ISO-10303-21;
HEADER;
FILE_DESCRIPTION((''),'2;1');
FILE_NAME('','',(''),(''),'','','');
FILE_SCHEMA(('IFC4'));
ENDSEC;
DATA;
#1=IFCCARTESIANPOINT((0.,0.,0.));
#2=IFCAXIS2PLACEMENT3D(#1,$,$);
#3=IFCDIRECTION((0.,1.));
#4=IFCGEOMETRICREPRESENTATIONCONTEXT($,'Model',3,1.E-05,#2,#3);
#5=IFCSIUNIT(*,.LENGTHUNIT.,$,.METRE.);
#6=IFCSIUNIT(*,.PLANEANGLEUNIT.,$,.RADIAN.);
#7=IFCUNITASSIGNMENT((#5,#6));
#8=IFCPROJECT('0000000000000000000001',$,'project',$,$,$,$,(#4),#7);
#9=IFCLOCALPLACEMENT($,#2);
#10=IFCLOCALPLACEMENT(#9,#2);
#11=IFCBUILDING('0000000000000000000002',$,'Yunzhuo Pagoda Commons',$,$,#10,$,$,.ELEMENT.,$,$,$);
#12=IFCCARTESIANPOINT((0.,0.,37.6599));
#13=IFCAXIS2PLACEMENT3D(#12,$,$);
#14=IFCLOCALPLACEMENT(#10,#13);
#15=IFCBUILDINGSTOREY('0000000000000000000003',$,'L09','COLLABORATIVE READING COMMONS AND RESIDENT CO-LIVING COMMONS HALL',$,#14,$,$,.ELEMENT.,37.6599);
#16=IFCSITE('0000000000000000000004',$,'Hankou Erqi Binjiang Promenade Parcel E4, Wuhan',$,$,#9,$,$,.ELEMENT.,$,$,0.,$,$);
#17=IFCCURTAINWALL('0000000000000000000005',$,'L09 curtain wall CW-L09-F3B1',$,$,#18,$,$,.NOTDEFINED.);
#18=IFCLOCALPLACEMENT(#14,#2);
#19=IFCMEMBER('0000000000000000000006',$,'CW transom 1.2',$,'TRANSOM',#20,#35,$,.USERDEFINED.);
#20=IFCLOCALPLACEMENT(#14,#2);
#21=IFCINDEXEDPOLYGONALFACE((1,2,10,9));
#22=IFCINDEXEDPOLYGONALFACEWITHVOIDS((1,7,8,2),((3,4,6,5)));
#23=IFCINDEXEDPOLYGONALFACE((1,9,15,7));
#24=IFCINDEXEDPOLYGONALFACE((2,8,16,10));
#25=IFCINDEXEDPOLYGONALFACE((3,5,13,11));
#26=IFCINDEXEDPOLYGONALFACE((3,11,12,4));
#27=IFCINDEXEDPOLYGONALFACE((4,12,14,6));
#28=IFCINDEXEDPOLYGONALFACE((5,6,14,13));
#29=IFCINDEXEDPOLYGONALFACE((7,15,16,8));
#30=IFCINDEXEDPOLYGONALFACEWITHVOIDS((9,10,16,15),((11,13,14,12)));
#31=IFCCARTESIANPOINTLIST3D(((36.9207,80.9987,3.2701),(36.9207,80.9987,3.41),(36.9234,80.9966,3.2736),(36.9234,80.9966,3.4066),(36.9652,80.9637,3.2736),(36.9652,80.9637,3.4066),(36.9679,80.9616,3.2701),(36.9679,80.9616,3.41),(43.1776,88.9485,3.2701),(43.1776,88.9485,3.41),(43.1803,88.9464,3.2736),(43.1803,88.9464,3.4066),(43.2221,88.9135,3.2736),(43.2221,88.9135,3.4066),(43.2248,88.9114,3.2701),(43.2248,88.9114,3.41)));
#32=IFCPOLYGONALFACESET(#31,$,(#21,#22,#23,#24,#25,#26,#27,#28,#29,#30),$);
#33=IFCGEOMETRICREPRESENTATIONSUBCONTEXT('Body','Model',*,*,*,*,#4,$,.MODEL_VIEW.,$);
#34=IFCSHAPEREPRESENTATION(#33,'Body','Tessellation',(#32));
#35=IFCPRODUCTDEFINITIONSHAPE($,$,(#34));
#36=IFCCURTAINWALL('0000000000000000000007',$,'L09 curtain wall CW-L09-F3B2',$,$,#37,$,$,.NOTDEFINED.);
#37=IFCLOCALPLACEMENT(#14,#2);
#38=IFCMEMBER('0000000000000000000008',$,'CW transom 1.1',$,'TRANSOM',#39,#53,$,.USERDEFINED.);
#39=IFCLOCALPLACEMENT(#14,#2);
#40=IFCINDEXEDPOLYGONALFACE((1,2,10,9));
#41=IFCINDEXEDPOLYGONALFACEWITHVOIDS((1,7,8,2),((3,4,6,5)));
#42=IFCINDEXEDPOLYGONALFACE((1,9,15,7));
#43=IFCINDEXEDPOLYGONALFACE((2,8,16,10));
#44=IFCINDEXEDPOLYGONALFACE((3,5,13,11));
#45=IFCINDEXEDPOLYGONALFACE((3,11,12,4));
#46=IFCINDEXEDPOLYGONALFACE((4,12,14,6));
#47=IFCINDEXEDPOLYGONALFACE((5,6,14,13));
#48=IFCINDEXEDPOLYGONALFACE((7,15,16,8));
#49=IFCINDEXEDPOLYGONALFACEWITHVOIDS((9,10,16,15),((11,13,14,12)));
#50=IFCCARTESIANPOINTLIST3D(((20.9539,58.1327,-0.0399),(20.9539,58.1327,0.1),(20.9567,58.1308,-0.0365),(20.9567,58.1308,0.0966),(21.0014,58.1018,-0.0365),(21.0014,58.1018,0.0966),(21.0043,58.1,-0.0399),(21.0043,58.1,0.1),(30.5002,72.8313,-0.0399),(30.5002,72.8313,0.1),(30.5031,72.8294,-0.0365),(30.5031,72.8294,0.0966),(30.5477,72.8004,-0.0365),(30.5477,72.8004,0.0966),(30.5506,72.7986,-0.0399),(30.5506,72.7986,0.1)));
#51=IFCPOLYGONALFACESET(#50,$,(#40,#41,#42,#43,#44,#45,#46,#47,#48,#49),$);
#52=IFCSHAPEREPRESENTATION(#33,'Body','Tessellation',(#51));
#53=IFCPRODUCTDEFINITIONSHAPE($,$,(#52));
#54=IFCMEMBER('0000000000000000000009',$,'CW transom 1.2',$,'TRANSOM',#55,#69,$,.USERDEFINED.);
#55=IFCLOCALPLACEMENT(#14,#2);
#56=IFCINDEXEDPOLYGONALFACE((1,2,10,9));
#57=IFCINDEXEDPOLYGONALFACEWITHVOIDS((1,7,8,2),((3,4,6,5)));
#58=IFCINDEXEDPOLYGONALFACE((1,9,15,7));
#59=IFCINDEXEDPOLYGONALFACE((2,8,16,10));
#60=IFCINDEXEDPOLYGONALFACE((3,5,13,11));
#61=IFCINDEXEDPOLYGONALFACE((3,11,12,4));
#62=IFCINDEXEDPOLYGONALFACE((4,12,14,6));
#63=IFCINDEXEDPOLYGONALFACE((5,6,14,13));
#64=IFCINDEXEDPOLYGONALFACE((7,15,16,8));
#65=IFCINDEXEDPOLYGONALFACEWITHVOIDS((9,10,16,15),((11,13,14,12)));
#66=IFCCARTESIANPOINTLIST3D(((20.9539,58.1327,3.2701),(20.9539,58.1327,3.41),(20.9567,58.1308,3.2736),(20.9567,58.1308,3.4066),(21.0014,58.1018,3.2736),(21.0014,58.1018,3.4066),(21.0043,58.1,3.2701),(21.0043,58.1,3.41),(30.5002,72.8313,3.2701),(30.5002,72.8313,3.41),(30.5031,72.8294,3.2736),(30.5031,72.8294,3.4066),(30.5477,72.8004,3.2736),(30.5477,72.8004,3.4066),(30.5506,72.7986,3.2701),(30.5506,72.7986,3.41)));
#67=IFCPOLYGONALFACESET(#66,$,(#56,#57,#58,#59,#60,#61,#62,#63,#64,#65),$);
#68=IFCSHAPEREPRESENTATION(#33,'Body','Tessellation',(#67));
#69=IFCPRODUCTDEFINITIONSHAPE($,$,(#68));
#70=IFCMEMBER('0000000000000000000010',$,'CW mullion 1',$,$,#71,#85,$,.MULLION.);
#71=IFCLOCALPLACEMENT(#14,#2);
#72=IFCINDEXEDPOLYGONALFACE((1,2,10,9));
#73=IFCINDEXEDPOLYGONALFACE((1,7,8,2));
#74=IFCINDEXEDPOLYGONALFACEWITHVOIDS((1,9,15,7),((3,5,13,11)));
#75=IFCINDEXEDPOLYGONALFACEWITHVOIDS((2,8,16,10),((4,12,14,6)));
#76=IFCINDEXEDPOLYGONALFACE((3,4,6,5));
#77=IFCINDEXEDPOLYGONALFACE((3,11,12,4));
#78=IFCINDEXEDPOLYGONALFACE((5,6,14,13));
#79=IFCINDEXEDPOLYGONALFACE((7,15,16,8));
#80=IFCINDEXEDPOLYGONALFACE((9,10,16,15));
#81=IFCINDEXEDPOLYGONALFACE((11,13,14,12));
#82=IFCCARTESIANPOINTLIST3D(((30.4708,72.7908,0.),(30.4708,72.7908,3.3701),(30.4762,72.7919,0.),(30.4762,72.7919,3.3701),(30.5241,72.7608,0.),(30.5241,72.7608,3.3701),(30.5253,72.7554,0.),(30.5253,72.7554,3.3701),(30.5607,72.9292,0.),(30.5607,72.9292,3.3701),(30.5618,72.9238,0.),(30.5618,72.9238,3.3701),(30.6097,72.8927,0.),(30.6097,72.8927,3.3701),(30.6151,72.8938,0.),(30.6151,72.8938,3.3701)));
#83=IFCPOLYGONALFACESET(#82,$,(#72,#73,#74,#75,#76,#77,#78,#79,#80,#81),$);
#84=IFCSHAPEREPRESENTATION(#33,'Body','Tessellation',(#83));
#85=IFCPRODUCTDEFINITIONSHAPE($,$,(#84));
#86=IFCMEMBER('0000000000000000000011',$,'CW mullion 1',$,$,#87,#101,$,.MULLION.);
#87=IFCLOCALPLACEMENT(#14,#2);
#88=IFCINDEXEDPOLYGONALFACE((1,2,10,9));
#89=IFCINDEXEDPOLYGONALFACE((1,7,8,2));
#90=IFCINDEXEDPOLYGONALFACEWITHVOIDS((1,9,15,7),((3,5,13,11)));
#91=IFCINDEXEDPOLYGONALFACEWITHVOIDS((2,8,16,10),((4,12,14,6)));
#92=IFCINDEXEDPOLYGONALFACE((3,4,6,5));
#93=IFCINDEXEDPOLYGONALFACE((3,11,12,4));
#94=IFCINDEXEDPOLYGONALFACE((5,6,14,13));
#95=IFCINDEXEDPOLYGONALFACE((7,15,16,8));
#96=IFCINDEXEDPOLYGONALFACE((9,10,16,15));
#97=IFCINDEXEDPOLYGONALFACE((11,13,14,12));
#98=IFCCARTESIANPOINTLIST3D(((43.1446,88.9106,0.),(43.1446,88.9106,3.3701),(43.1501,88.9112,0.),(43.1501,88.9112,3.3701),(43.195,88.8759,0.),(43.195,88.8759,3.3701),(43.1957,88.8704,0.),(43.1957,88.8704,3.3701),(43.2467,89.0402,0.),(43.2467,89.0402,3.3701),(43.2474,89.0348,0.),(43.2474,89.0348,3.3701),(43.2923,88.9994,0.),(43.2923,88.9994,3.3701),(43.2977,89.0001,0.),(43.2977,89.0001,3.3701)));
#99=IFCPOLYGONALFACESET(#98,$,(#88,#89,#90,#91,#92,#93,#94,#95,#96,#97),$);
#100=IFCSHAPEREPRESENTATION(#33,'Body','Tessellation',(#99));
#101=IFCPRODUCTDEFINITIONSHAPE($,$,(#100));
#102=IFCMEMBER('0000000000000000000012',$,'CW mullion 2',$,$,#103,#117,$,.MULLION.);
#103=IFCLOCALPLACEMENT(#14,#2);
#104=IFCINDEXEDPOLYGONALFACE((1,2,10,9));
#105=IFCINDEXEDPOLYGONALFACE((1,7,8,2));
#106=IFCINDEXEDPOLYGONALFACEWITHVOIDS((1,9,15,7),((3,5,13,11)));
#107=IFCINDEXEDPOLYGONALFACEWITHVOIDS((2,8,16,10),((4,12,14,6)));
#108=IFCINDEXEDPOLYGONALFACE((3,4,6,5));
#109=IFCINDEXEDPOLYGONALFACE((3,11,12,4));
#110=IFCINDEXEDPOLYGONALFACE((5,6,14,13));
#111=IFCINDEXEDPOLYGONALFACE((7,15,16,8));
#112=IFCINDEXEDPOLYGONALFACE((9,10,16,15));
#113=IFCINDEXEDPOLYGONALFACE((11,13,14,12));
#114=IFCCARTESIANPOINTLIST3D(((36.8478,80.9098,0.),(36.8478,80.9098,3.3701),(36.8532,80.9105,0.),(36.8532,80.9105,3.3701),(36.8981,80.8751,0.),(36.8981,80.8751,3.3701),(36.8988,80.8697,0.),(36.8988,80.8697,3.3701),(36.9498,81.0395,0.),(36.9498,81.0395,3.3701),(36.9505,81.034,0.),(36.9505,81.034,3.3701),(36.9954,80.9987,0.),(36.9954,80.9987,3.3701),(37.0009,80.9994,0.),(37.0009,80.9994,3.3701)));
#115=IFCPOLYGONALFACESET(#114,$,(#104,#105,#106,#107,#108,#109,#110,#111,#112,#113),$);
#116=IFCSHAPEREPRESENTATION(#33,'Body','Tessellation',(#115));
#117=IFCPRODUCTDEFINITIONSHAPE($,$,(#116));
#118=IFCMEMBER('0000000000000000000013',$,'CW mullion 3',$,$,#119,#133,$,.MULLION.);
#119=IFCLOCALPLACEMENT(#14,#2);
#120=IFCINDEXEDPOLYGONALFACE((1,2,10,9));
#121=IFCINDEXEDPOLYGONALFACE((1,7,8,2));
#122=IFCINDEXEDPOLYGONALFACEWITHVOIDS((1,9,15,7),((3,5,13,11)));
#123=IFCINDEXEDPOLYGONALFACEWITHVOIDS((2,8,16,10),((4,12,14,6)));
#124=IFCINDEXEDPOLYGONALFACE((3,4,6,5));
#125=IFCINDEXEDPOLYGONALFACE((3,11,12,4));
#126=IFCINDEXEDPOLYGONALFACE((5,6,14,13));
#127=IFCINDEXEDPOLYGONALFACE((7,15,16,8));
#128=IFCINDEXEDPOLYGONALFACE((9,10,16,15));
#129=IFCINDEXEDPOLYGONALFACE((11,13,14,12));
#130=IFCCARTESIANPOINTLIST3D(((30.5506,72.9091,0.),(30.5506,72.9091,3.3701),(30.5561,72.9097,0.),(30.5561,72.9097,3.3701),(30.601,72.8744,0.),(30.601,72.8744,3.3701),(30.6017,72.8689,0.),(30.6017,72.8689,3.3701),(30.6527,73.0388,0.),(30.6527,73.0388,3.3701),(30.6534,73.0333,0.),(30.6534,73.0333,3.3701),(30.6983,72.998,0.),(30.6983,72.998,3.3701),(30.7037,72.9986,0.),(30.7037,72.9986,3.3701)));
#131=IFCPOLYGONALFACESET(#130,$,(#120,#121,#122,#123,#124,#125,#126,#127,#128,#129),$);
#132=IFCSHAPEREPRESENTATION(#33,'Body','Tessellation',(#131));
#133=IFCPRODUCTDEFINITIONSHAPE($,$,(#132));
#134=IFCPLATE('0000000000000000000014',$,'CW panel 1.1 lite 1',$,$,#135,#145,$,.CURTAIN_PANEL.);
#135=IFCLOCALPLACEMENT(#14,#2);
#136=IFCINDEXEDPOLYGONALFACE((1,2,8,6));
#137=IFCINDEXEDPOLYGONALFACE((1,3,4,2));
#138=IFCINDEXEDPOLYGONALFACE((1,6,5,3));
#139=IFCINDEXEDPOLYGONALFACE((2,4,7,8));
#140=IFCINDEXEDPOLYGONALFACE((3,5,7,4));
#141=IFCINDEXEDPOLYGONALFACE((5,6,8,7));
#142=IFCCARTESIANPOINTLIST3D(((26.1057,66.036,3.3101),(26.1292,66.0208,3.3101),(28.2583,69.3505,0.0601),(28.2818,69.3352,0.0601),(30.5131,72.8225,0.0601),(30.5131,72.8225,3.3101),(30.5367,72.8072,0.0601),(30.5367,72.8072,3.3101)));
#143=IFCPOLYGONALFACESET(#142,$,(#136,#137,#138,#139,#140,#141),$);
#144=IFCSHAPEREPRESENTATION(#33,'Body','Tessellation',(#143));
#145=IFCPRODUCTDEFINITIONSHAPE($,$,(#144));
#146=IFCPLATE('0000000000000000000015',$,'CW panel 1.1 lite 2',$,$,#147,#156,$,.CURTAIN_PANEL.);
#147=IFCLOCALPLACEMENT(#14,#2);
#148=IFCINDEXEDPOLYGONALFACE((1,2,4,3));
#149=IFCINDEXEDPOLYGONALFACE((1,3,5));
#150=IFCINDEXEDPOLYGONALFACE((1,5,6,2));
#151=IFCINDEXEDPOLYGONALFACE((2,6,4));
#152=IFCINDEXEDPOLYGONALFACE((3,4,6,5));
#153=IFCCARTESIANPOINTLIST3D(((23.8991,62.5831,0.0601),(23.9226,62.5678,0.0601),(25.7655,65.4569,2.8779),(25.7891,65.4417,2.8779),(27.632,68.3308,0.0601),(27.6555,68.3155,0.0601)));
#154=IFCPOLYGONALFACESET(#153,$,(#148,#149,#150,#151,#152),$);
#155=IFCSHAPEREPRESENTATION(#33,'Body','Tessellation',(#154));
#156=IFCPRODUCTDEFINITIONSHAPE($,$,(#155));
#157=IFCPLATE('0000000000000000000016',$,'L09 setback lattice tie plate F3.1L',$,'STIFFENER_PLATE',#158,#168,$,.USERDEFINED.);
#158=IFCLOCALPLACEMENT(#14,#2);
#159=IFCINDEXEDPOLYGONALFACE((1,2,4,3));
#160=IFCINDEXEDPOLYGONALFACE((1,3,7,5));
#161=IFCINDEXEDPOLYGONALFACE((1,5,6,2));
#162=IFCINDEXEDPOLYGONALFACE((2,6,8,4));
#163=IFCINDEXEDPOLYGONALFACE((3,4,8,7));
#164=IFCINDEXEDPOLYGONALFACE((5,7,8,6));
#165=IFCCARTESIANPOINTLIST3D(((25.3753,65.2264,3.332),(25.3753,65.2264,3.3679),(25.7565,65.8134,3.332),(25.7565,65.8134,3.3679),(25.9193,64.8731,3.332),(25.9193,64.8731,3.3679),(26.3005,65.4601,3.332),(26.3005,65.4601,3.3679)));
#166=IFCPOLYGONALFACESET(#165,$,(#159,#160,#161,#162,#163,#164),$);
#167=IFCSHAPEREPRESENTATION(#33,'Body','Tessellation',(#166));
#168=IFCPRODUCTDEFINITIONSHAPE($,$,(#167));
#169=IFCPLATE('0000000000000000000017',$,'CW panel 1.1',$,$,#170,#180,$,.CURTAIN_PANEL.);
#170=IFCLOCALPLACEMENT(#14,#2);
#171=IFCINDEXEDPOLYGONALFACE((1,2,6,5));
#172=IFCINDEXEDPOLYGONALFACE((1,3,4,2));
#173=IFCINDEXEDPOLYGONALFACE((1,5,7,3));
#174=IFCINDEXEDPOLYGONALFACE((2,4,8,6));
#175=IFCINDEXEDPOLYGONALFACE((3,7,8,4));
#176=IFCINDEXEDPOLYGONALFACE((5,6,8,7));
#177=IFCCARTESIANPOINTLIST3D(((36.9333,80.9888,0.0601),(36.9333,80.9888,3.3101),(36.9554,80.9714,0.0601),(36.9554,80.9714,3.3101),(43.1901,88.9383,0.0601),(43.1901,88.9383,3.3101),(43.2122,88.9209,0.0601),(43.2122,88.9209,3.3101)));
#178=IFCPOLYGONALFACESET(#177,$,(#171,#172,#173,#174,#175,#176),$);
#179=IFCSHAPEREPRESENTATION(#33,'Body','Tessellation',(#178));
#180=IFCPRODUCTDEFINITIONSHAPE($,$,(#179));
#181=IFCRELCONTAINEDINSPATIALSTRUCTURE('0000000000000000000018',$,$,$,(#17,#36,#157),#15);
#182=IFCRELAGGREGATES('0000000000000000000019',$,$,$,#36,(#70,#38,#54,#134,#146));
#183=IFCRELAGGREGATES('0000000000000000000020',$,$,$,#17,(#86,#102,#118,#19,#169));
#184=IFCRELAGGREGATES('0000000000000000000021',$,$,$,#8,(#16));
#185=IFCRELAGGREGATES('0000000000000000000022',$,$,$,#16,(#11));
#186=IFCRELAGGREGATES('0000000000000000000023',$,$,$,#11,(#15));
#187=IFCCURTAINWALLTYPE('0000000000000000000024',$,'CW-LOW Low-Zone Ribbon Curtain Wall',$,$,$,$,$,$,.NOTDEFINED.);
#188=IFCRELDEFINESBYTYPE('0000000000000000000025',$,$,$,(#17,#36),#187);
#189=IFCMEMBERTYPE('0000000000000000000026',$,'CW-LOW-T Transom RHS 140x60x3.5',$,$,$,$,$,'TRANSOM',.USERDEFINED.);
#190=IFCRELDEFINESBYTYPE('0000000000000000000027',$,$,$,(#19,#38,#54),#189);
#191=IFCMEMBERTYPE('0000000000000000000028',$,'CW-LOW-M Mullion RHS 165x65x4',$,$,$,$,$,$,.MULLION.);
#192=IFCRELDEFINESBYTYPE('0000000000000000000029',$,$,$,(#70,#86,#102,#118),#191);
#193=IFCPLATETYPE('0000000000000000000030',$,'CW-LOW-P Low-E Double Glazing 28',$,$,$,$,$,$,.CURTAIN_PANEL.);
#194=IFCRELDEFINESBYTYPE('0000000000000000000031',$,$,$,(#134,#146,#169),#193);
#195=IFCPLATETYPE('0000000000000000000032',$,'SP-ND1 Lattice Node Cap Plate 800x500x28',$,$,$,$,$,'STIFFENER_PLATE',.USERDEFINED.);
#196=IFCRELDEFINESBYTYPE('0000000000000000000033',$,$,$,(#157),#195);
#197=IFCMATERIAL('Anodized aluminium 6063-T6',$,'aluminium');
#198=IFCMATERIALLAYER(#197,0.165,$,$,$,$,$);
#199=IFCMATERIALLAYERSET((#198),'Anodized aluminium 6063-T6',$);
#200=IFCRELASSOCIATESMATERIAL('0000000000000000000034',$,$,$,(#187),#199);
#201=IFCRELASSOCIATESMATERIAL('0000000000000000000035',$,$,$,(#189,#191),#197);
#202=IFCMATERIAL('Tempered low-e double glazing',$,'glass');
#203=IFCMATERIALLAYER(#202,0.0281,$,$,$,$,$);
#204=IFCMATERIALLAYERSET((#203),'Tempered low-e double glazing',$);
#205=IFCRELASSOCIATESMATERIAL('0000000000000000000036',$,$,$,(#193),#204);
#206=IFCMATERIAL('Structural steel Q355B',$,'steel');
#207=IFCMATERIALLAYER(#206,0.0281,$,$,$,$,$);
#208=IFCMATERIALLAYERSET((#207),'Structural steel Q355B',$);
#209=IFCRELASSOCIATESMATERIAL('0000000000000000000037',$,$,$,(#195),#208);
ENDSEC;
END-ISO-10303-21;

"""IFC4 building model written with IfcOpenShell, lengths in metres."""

from ifc_helpers import new_model, si_unit, direction, frame, origin, origin_2d, place, context, subcontext, project, spatial, polyline, rectangle, hollow_rectangle, outline, extrude, source, transform, mapped, material, layer, layer_set, material_profile, profile_set, type_object, element, aggregate, save


model = new_model("IFC4")

# Units and contexts
model_context = context("Model", 3, precision=1e-05, world=origin(), true_north=direction((0.0, 1.0)))
body_context = subcontext(model_context, "Body", "Model", "MODEL_VIEW")
ifc_project = project(units=[si_unit("LENGTHUNIT", "METRE"), si_unit("PLANEANGLEUNIT", "RADIAN")], contexts=[model_context])

# Site, building, storey
site_placement = place(None, origin())
site = spatial("IfcSite", under=ifc_project, at=site_placement, Name="Hankou Erqi Binjiang Promenade Parcel E4, Wuhan", CompositionType="ELEMENT", RefElevation=0.0)
building_placement = place(site_placement, origin())
building = spatial("IfcBuilding", under=site, at=building_placement, Name="Yunzhuo Pagoda Commons", CompositionType="ELEMENT")
storey_placement = place(building_placement, frame((0.0, 0.0, 37.6599)))
storey = spatial("IfcBuildingStorey", under=building, at=storey_placement, Name="L09", Description="COLLABORATIVE READING COMMONS AND RESIDENT CO-LIVING COMMONS HALL", CompositionType="ELEMENT", Elevation=37.6599)

# Shared definitions
ifc_material_1 = material(Name="Structural steel Q355B", Category="steel")

# Curtain walls, members
ifc_material_2 = material(Name="Anodized aluminium 6063-T6", Category="aluminium")
ifc_layer_1 = layer(ifc_material_2, 0.165)
ifc_layer_set_1 = layer_set([ifc_layer_1], Name="Anodized aluminium 6063-T6")
curtain_wall_type = type_object("IfcCurtainWallType", Name="CW-LOW Low-Zone Ribbon Curtain Wall", PredefinedType="NOTDEFINED", material=ifc_layer_set_1)
curtain_wall_1_placement = place(storey_placement, origin())
curtain_wall_1 = element("IfcCurtainWall", 1, at=curtain_wall_1_placement, inside=storey, type_object=curtain_wall_type, Name="L09 curtain wall CW-L09-F3B1", PredefinedType="NOTDEFINED")
ifc_material_profile_1 = material_profile(ifc_material_2, hollow_rectangle(XDim=0.0601, YDim=0.1399, WallThickness=0.0034, at=origin_2d()), Name="Anodized aluminium 6063-T6")
ifc_profile_set_1 = profile_set([ifc_material_profile_1], Name="Anodized aluminium 6063-T6")
member_type_1 = type_object("IfcMemberType", Name="CW-LOW-T Transom RHS 140x60x3.5", ElementType="TRANSOM", PredefinedType="USERDEFINED", material=ifc_profile_set_1)
shared_shape_1 = source(origin(), body_context, "Body", "SweptSolid", [
    extrude(hollow_rectangle(XDim=0.0601, YDim=0.1399, WallThickness=0.0034, at=origin_2d()), origin(), (0.0, 0.0, 1.0), 10.1167),
])
member_1_placement = place(storey_placement, frame((43.2012, 88.9299, 3.3401), z_axis=(-0.618471, -0.785807, 0.0), x_axis=(0.785807, -0.618471, 0.0)))
member_1 = element("IfcMember", 2, at=member_1_placement, type_object=member_type_1, Name="CW transom 1.2", ObjectType="TRANSOM", PredefinedType="USERDEFINED", context=body_context, shape_type="MappedRepresentation", body=[
    mapped(shared_shape_1, transform((0.0, 0.0, 0.0), scale=1.0)),
])
curtain_wall_2_placement = place(storey_placement, origin())
curtain_wall_2 = element("IfcCurtainWall", 3, at=curtain_wall_2_placement, inside=storey, type_object=curtain_wall_type, Name="L09 curtain wall CW-L09-F3B2", PredefinedType="NOTDEFINED")
shared_shape_2 = source(origin(), body_context, "Body", "SweptSolid", [
    extrude(hollow_rectangle(XDim=0.0601, YDim=0.1399, WallThickness=0.0034, at=origin_2d()), origin(), (0.0, 0.0, 1.0), 17.5266),
])
member_2_placement = place(storey_placement, frame((30.5254, 72.8149, 0.03), z_axis=(-0.544676, -0.838647, 0.0), x_axis=(0.838647, -0.544676, 0.0)))
member_2 = element("IfcMember", 4, at=member_2_placement, type_object=member_type_1, Name="CW transom 1.1", ObjectType="TRANSOM", PredefinedType="USERDEFINED", context=body_context, shape_type="MappedRepresentation", body=[
    mapped(shared_shape_2, transform((0.0, 0.0, 0.0), scale=1.0)),
])
member_3_placement = place(storey_placement, frame((30.5254, 72.8149, 3.3401), z_axis=(-0.544676, -0.838647, 0.0), x_axis=(0.838647, -0.544676, 0.0)))
member_3 = element("IfcMember", 5, at=member_3_placement, type_object=member_type_1, Name="CW transom 1.2", ObjectType="TRANSOM", PredefinedType="USERDEFINED", context=body_context, shape_type="MappedRepresentation", body=[
    mapped(shared_shape_2, transform((0.0, 0.0, 0.0), scale=1.0)),
])
ifc_material_profile_2 = material_profile(ifc_material_2, hollow_rectangle(XDim=0.0649, YDim=0.165, WallThickness=0.0039, at=origin_2d()), Name="Anodized aluminium 6063-T6")
ifc_profile_set_2 = profile_set([ifc_material_profile_2], Name="Anodized aluminium 6063-T6")
member_type_2 = type_object("IfcMemberType", Name="CW-LOW-M Mullion RHS 165x65x4", PredefinedType="MULLION", material=ifc_profile_set_2)
shared_shape_3 = source(origin(), body_context, "Body", "SweptSolid", [
    extrude(hollow_rectangle(XDim=0.0649, YDim=0.165, WallThickness=0.0039, at=origin_2d()), origin(), (0.0, 0.0, 1.0), 3.3701),
])
member_4_placement = place(storey_placement, frame((30.543, 72.8423, 0.0), z_axis=(0.0, 0.0, 1.0), x_axis=(0.838652, -0.544667, 0.0)))
member_4 = element("IfcMember", 6, at=member_4_placement, type_object=member_type_2, Name="CW mullion 1", PredefinedType="MULLION", context=body_context, shape_type="MappedRepresentation", body=[
    mapped(shared_shape_3, transform((0.0, 0.0, 0.0), scale=1.0)),
])

# Members
member_5_placement = place(storey_placement, frame((43.2212, 88.9553, 0.0), z_axis=(0.0, 0.0, 1.0), x_axis=(0.7858, -0.618481, 0.0)))
member_5 = element("IfcMember", 7, at=member_5_placement, type_object=member_type_2, Name="CW mullion 1", PredefinedType="MULLION", context=body_context, shape_type="MappedRepresentation", body=[
    mapped(shared_shape_3, transform((0.0, 0.0, 0.0), scale=1.0)),
])
member_6_placement = place(storey_placement, frame((36.9243, 80.9546, 0.0), z_axis=(0.0, 0.0, 1.0), x_axis=(0.7858, -0.618481, 0.0)))
member_6 = element("IfcMember", 8, at=member_6_placement, type_object=member_type_2, Name="CW mullion 2", PredefinedType="MULLION", context=body_context, shape_type="MappedRepresentation", body=[
    mapped(shared_shape_3, transform((0.0, 0.0, 0.0), scale=1.0)),
])
member_7_placement = place(storey_placement, frame((30.6272, 72.9539, 0.0), z_axis=(0.0, 0.0, 1.0), x_axis=(0.7858, -0.618481, 0.0)))
member_7 = element("IfcMember", 9, at=member_7_placement, type_object=member_type_2, Name="CW mullion 3", PredefinedType="MULLION", context=body_context, shape_type="MappedRepresentation", body=[
    mapped(shared_shape_3, transform((0.0, 0.0, 0.0), scale=1.0)),
])

# Plates
ifc_material_3 = material(Name="Tempered low-e double glazing", Category="glass")
ifc_layer_2 = layer(ifc_material_3, 0.0281)
ifc_layer_set_2 = layer_set([ifc_layer_2], Name="Tempered low-e double glazing")
plate_type_1 = type_object("IfcPlateType", Name="CW-LOW-P Low-E Double Glazing 28", PredefinedType="CURTAIN_PANEL", material=ifc_layer_set_2)
plate_1_placement = place(storey_placement, frame((28.333, 69.4141, 1.6851), z_axis=(-0.838652, 0.544667, 0.0), x_axis=(-0.544667, -0.838652, 0.0)))
plate_1 = element("IfcPlate", 10, at=plate_1_placement, type_object=plate_type_1, Name="CW panel 1.1 lite 1", PredefinedType="CURTAIN_PANEL", context=body_context, shape_type="SweptSolid", body=[
    extrude(outline(polyline([(-4.0459, -1.625), (0.094, -1.625), (4.0461, 1.625), (-4.0459, 1.625), (-4.0459, -1.625)])), origin(), (0.0, 0.0, 1.0), 0.0281),
])
plate_2_placement = place(storey_placement, frame((25.7891, 65.4417, 1.469), z_axis=(-0.838652, 0.544667, 0.0), x_axis=(-0.544667, -0.838652, 0.0)))
plate_2 = element("IfcPlate", 11, at=plate_2_placement, type_object=plate_type_1, Name="CW panel 1.1 lite 2", PredefinedType="CURTAIN_PANEL", context=body_context, shape_type="SweptSolid", body=[
    extrude(outline(polyline([(-3.4268, -1.4089), (3.4268, -1.4089), (0.0, 1.4089), (-3.4268, -1.4089)])), origin(), (0.0, 0.0, 1.0), 0.0281),
])
aggregate(curtain_wall_2, [member_4, member_2, member_3, plate_1, plate_2])
ifc_layer_3 = layer(ifc_material_1, 0.0281)
ifc_layer_set_3 = layer_set([ifc_layer_3], Name="Structural steel Q355B")
plate_type_2 = type_object("IfcPlateType", Name="SP-ND1 Lattice Node Cap Plate 800x500x28", ElementType="STIFFENER_PLATE", PredefinedType="USERDEFINED", material=ifc_layer_set_3)
shared_shape_4 = source(origin(), body_context, "Body", "SweptSolid", [
    extrude(rectangle(XDim=0.7, YDim=0.6487, at=origin_2d()), origin(), (0.0, 0.0, 1.0), 0.0359),
])
plate_3_placement = place(storey_placement, frame((25.8379, 65.3433, 3.332), z_axis=(0.0, 0.0, 1.0), x_axis=(-0.544668, -0.838652, 0.0)))
element("IfcPlate", 12, at=plate_3_placement, inside=storey, type_object=plate_type_2, Name="L09 setback lattice tie plate F3.1L", ObjectType="STIFFENER_PLATE", PredefinedType="USERDEFINED", context=body_context, shape_type="MappedRepresentation", body=[
    mapped(shared_shape_4, transform((0.0, 0.0, 0.0), scale=1.0)),
])
shared_shape_5 = source(origin(), body_context, "Body", "SweptSolid", [
    extrude(rectangle(XDim=10.1165, YDim=0.0281, at=origin_2d()), origin(), (0.0, 0.0, 1.0), 3.25),
])
plate_4_placement = place(storey_placement, frame((40.0728, 84.9548, 0.0601), z_axis=(0.0, 0.0, 1.0), x_axis=(-0.618481, -0.7858, 0.0)))
plate_4 = element("IfcPlate", 13, at=plate_4_placement, type_object=plate_type_1, Name="CW panel 1.1", PredefinedType="CURTAIN_PANEL", context=body_context, shape_type="MappedRepresentation", body=[
    mapped(shared_shape_5, transform((0.0, 0.0, 0.0), scale=1.0)),
])
aggregate(curtain_wall_1, [member_5, member_6, member_7, member_1, plate_4])

save(model, "model.ifc")
